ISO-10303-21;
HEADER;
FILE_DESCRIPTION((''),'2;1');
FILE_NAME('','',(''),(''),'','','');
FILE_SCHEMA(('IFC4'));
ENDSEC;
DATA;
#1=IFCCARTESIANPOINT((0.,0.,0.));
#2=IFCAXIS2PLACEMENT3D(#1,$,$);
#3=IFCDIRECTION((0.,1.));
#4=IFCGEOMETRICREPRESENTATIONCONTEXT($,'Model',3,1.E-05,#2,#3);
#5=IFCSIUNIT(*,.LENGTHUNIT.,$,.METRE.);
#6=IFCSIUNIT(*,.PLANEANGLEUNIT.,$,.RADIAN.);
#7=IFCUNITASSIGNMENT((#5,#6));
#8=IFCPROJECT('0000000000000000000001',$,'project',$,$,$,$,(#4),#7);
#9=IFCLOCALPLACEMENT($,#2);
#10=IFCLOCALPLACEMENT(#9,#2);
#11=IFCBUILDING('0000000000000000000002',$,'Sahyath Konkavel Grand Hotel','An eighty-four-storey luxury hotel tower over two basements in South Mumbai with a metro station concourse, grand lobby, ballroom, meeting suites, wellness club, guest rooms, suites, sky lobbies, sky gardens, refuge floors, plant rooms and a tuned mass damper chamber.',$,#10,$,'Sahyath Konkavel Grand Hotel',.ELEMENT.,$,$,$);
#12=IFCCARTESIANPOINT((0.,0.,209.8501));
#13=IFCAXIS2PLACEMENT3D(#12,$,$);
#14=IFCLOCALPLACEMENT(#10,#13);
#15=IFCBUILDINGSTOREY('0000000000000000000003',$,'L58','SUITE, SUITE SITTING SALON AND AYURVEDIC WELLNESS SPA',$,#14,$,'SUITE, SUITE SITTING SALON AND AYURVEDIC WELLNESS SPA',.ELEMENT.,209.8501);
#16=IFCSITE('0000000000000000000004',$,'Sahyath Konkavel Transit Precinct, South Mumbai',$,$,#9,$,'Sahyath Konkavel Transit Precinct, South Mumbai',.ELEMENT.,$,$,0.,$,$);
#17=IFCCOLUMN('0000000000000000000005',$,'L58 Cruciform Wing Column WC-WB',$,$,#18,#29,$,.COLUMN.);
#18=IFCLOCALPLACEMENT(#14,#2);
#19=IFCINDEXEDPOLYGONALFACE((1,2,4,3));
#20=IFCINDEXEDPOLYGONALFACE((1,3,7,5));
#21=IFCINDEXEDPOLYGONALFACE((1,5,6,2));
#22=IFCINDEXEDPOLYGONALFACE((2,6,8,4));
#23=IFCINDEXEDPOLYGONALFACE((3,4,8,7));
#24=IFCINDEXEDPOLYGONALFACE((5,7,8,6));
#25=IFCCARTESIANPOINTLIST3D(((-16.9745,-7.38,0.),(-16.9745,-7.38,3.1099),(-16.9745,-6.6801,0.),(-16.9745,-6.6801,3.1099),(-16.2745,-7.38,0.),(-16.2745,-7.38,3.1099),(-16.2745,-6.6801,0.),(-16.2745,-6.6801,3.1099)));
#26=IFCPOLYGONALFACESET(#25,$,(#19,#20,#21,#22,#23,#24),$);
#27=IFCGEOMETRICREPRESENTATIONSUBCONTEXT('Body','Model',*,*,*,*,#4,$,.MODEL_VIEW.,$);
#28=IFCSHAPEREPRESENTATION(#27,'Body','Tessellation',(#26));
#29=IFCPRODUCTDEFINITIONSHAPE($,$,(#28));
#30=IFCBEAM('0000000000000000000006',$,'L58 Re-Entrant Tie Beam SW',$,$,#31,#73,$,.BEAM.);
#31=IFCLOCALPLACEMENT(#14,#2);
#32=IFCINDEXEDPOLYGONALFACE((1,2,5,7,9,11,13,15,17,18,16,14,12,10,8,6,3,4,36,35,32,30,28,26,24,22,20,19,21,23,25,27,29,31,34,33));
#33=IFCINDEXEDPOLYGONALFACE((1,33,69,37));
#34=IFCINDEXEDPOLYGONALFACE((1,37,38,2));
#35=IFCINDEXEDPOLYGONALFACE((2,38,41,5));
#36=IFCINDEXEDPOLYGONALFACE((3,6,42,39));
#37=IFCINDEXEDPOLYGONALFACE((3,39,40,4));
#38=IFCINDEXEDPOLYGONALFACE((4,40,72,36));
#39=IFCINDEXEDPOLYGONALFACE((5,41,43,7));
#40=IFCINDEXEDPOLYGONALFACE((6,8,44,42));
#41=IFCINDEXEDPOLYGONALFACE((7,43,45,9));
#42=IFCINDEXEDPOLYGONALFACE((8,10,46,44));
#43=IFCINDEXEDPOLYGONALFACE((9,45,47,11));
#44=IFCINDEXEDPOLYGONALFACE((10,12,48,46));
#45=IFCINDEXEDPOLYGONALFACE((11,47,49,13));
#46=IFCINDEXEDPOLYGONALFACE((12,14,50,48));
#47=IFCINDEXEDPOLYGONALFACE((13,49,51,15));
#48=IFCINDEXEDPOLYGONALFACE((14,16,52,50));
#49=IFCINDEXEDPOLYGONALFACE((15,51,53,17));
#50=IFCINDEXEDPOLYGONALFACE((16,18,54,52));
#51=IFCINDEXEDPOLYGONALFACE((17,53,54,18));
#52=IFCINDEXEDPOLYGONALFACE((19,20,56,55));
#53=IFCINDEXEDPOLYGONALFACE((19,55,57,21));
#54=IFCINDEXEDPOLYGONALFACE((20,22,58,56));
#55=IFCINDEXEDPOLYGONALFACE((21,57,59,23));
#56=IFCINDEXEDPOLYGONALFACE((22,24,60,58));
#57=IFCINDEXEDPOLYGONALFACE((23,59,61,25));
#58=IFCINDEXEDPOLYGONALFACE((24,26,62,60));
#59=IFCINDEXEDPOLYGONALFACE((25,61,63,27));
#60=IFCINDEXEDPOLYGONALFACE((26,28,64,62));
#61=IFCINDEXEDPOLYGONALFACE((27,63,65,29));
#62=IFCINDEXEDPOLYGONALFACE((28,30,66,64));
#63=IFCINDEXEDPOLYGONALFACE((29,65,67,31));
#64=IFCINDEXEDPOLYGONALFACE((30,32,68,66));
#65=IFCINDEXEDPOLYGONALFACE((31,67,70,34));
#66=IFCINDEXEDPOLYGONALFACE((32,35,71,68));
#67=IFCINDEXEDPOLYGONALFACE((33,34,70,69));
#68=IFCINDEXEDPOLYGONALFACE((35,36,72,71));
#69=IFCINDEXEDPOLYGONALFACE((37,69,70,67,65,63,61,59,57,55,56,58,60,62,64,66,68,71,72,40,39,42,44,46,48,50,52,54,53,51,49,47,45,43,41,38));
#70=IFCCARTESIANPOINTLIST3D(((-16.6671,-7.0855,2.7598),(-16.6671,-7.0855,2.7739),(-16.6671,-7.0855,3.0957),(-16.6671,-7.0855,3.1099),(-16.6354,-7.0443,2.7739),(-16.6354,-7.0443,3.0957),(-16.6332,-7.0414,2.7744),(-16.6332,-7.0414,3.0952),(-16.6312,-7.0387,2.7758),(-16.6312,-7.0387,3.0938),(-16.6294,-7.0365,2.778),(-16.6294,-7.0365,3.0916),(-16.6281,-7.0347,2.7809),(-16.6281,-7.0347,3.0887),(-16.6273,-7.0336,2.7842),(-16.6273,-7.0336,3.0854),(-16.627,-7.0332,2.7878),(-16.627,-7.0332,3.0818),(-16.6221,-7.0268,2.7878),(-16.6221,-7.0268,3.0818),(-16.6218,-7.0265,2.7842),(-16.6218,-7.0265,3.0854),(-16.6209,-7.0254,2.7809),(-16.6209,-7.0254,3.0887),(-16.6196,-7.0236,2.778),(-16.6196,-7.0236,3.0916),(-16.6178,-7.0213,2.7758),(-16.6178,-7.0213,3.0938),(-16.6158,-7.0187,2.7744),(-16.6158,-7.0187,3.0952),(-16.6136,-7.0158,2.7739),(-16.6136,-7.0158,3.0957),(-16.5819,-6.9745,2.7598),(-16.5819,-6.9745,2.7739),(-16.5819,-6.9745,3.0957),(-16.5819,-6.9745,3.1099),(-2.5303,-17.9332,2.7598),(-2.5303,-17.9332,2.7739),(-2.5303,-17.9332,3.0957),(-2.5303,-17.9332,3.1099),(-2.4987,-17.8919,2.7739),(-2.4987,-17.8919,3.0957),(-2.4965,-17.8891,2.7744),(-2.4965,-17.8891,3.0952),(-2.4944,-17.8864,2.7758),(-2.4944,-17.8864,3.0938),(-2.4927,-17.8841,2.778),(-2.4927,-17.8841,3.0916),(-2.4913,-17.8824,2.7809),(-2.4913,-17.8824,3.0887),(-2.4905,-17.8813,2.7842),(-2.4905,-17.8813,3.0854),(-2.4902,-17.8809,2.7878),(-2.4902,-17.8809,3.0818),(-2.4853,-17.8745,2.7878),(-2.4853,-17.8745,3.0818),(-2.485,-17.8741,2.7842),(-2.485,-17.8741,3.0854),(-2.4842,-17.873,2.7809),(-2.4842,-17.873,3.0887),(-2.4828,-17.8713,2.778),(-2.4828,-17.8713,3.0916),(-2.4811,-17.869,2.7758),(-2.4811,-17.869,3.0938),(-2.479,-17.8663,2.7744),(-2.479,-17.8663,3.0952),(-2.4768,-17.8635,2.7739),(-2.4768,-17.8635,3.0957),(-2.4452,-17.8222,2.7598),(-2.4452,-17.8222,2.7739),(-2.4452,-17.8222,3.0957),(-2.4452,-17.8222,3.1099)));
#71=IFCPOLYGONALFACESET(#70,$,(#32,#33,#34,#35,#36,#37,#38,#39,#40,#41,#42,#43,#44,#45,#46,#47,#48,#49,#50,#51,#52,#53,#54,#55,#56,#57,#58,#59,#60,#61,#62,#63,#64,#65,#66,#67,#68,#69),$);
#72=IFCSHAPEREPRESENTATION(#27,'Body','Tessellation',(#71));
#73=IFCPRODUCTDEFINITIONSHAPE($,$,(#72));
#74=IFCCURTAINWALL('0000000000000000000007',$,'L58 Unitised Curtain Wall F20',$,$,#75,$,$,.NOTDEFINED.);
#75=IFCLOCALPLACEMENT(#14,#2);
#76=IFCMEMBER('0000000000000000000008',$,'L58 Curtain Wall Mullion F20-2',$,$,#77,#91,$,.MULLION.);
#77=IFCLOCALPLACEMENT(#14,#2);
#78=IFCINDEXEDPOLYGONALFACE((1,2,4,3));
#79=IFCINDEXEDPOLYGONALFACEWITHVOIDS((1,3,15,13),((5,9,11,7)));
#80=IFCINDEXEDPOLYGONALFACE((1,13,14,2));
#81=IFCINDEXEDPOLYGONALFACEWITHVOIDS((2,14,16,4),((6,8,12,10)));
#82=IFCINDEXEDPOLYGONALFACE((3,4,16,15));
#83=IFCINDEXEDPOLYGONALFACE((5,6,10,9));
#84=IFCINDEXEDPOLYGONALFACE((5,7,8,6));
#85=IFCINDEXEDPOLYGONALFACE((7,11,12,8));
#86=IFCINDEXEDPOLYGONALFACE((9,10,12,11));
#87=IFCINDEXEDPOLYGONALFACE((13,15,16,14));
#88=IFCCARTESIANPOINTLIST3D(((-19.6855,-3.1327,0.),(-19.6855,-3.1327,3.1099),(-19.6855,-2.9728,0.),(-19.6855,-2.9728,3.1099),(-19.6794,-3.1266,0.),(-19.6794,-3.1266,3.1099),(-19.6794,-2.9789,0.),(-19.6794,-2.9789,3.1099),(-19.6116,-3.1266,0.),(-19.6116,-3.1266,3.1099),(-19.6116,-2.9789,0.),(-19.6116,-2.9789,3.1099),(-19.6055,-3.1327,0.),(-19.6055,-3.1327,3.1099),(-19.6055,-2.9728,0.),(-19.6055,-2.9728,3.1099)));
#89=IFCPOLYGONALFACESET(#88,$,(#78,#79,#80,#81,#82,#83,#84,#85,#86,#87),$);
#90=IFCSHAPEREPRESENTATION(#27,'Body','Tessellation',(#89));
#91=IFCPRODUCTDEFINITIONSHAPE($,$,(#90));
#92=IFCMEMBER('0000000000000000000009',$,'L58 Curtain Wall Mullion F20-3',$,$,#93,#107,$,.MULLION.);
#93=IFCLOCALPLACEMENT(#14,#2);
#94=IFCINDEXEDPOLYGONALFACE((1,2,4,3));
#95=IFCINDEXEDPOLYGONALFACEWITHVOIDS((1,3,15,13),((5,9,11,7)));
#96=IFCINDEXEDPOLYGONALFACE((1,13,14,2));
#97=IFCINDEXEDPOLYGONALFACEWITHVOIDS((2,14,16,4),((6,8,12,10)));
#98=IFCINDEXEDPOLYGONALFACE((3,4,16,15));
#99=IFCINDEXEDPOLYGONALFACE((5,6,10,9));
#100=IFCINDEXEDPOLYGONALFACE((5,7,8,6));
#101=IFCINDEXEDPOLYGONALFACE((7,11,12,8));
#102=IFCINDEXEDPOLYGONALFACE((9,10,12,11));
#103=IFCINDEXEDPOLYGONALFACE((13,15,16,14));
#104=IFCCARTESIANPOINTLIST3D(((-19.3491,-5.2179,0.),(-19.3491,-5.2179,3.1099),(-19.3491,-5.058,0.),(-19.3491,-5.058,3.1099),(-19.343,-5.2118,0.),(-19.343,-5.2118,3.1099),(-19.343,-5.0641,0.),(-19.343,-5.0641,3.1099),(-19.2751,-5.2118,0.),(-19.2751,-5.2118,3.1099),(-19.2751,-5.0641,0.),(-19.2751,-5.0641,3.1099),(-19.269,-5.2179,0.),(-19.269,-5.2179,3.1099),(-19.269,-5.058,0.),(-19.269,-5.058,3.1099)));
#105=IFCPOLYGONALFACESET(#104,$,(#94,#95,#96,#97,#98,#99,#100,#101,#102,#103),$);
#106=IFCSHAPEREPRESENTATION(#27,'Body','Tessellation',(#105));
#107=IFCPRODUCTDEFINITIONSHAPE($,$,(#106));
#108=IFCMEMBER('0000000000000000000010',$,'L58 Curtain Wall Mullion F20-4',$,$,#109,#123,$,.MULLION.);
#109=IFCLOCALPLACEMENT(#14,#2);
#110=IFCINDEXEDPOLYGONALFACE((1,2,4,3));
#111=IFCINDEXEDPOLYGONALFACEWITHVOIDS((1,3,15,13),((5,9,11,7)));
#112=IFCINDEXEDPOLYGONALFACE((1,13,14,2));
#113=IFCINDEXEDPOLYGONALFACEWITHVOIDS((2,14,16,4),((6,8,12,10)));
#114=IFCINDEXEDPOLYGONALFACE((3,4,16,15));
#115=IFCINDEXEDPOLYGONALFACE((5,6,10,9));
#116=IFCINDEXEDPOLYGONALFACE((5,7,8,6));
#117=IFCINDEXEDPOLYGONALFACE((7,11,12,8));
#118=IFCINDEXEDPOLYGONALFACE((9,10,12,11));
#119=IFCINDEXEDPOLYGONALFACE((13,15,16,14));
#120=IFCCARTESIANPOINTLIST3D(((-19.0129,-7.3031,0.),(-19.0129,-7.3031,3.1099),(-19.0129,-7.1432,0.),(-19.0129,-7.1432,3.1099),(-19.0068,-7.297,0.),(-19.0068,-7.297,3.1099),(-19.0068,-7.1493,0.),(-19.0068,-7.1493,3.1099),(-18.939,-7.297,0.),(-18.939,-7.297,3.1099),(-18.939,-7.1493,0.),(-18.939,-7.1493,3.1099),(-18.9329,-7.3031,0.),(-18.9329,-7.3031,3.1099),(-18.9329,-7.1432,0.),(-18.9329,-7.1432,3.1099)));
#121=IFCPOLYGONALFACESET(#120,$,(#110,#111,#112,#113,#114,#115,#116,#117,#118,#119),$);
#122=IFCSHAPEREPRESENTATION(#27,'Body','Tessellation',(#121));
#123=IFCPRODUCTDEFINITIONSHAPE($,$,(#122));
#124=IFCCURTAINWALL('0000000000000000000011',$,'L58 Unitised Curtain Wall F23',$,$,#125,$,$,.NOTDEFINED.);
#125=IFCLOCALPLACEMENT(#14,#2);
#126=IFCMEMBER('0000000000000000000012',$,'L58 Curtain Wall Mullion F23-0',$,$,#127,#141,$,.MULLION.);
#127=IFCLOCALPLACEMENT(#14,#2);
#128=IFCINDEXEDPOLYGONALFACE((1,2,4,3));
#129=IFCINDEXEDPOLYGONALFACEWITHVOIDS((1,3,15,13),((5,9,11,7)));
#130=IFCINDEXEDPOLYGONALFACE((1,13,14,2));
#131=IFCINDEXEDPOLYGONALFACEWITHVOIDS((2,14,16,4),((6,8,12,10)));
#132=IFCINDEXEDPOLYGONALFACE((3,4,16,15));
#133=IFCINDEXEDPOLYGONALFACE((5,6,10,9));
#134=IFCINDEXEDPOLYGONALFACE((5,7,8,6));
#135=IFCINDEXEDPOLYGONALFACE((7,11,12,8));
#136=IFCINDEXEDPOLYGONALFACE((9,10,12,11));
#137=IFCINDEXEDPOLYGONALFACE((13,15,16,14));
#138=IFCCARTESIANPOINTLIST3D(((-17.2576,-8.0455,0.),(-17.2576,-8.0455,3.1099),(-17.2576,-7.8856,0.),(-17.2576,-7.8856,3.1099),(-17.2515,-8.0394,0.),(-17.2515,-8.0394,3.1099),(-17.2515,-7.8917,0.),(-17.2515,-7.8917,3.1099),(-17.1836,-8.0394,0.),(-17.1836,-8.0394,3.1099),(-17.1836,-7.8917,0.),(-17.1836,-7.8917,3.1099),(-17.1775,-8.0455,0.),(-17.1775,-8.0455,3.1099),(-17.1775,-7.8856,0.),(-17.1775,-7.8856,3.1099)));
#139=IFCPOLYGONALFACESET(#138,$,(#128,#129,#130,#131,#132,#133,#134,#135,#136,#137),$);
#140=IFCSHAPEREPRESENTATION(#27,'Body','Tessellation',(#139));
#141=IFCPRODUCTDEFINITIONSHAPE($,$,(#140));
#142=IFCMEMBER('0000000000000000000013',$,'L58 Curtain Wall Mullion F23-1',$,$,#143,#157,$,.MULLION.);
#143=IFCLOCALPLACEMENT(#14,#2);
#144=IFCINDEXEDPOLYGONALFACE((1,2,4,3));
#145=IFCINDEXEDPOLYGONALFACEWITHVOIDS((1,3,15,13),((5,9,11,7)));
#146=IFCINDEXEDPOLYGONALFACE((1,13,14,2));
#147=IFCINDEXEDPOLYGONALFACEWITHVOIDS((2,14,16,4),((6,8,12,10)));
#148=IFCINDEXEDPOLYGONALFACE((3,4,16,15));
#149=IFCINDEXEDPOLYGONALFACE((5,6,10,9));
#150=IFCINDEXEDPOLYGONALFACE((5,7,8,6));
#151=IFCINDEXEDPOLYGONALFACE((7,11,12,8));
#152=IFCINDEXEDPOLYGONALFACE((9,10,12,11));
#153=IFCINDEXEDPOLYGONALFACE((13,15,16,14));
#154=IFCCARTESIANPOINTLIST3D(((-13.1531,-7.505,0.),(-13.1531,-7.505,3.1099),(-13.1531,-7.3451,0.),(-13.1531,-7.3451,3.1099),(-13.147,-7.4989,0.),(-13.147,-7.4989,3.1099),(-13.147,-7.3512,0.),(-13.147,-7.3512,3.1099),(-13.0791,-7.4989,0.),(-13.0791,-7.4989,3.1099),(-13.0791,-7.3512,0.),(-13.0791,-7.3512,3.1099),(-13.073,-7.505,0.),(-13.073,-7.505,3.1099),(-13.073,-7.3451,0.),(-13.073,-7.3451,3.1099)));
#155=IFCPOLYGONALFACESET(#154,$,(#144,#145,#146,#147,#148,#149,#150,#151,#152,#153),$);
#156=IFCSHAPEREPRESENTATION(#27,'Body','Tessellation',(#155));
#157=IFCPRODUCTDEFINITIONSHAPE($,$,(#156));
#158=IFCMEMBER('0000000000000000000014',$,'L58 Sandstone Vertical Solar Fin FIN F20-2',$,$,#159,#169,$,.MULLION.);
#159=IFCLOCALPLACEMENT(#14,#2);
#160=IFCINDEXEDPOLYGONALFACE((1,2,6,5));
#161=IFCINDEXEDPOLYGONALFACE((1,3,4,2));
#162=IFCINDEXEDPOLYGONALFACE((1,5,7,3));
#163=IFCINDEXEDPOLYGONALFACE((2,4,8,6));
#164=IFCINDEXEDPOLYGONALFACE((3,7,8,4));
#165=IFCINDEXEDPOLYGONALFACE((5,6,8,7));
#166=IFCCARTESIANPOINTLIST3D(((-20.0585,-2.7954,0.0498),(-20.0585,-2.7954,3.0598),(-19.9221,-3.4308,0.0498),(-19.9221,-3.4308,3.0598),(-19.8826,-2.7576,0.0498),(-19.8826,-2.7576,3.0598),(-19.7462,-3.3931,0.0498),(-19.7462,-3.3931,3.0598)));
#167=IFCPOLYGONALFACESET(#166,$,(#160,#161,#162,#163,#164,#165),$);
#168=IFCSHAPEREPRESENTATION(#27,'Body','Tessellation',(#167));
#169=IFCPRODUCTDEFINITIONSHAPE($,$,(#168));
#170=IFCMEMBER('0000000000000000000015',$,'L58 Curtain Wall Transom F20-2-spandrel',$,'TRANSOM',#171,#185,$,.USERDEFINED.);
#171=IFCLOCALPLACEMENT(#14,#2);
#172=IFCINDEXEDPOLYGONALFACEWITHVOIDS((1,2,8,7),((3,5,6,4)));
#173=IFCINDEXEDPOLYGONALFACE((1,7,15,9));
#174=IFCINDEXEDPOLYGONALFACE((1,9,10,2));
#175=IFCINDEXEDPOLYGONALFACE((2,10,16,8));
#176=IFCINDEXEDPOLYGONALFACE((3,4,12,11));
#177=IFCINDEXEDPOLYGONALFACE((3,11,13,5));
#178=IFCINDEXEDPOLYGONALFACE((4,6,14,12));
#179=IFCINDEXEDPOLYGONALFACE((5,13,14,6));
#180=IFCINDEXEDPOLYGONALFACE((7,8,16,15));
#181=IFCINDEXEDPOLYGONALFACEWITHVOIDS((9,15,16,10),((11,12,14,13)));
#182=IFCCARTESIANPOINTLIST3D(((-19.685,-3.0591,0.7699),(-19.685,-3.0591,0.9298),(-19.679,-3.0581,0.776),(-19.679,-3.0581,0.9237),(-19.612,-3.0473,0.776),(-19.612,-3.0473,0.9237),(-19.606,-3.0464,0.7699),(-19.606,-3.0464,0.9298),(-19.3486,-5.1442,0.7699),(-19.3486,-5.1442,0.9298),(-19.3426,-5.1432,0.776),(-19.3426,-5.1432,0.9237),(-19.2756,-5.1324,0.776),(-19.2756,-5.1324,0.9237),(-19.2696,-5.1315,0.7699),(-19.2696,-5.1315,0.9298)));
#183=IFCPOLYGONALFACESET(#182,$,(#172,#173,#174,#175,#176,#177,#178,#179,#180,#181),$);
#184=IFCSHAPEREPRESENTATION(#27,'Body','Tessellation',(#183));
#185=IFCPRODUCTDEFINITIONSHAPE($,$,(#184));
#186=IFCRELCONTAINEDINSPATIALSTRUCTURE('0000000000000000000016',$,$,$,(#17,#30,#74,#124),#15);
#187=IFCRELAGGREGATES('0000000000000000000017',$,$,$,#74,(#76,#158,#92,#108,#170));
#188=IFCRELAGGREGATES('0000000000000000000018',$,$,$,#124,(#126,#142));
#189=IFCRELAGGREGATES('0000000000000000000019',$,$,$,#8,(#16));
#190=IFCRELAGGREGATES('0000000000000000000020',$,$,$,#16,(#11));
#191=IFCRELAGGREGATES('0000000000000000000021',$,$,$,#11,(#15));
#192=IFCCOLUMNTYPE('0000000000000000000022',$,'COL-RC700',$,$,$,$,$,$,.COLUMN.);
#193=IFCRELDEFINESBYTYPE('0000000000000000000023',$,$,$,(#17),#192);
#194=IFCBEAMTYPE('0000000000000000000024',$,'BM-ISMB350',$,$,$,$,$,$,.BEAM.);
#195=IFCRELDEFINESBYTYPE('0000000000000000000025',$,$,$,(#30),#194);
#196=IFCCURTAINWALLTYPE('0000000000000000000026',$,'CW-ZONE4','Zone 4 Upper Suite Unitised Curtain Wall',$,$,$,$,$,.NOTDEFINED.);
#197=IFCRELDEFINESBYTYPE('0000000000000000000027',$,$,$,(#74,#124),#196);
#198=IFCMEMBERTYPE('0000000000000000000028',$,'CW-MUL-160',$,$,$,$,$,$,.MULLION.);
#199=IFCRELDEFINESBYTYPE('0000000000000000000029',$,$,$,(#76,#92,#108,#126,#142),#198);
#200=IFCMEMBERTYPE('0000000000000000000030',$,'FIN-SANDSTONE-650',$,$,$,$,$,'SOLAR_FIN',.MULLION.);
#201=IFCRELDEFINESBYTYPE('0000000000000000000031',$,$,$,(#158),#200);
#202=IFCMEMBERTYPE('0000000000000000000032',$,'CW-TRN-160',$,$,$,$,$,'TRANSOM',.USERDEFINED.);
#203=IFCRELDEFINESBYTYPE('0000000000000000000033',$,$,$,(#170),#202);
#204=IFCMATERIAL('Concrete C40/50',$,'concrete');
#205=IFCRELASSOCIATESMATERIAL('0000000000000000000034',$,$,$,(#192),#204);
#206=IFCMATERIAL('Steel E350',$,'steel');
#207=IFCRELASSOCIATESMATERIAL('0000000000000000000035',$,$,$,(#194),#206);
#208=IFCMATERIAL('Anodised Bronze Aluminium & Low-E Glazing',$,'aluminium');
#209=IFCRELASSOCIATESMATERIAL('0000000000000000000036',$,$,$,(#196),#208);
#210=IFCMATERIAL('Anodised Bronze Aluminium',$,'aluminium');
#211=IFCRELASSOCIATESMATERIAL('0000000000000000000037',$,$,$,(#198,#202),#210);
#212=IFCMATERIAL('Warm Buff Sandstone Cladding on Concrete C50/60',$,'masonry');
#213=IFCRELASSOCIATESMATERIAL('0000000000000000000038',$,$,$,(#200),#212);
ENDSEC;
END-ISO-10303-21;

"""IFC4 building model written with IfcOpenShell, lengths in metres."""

from ifc_helpers import new_model, si_unit, direction, frame, origin, origin_2d, place, context, subcontext, project, spatial, rectangle, hollow_rectangle, i_section, extrude, source, transform, mapped, material, material_profile, profile_set, type_object, element, aggregate, save


model = new_model("IFC4")

# Units and contexts
model_context = context("Model", 3, precision=1e-05, world=origin(), true_north=direction((0.0, 1.0)))
body_context = subcontext(model_context, "Body", "Model", "MODEL_VIEW")
ifc_project = project(units=[si_unit("LENGTHUNIT", "METRE"), si_unit("PLANEANGLEUNIT", "RADIAN")], contexts=[model_context])

# Site, building, storey
site_placement = place(None, origin())
site = spatial("IfcSite", under=ifc_project, at=site_placement, Name="Sahyath Konkavel Transit Precinct, South Mumbai", LongName="Sahyath Konkavel Transit Precinct, South Mumbai", CompositionType="ELEMENT", RefElevation=0.0)
building_placement = place(site_placement, origin())
building = spatial("IfcBuilding", under=site, at=building_placement, Name="Sahyath Konkavel Grand Hotel", Description="An eighty-four-storey luxury hotel tower over two basements in South Mumbai with a metro station concourse, grand lobby, ballroom, meeting suites, wellness club, guest rooms, suites, sky lobbies, sky gardens, refuge floors, plant rooms and a tuned mass damper chamber.", LongName="Sahyath Konkavel Grand Hotel", CompositionType="ELEMENT")
storey_placement = place(building_placement, frame((0.0, 0.0, 209.8501)))
storey = spatial("IfcBuildingStorey", under=building, at=storey_placement, Name="L58", Description="SUITE, SUITE SITTING SALON AND AYURVEDIC WELLNESS SPA", LongName="SUITE, SUITE SITTING SALON AND AYURVEDIC WELLNESS SPA", CompositionType="ELEMENT", Elevation=209.8501)

# Column
ifc_material_1 = material(Name="Concrete C40/50", Category="concrete")
ifc_material_profile_1 = material_profile(ifc_material_1, rectangle(XDim=0.7, YDim=0.7, at=origin_2d()), Name="RC 700x700")
ifc_profile_set_1 = profile_set([ifc_material_profile_1], Name="Concrete C40/50")
column_type = type_object("IfcColumnType", Name="COL-RC700", PredefinedType="COLUMN", material=ifc_profile_set_1)
shared_shape_1 = source(origin(), body_context, "Body", "SweptSolid", [
    extrude(rectangle(XDim=0.7, YDim=0.7, at=origin_2d()), origin(), (0.0, 0.0, 1.0), 3.1099),
])
column_placement = place(storey_placement, frame((-16.6245, -7.03, 0.0), z_axis=(0.0, 0.0, 1.0), x_axis=(1.0, 0.0, 0.0)))
element("IfcColumn", 1, at=column_placement, inside=storey, type_object=column_type, Name="L58 Cruciform Wing Column WC-WB", PredefinedType="COLUMN", context=body_context, shape_type="MappedRepresentation", body=[
    mapped(shared_shape_1, transform((0.0, 0.0, 0.0), scale=1.0)),
])

# Beam
ifc_material_2 = material(Name="Steel E350", Category="steel")
ifc_material_profile_2 = material_profile(ifc_material_2, i_section(OverallWidth=0.1399, OverallDepth=0.3501, WebThickness=0.0081, FlangeThickness=0.0142, FilletRadius=0.0139, at=origin_2d()), Name="ISMB 350")
ifc_profile_set_2 = profile_set([ifc_material_profile_2], Name="Steel E350")
beam_type = type_object("IfcBeamType", Name="BM-ISMB350", PredefinedType="BEAM", material=ifc_profile_set_2)
shared_shape_2 = source(origin(), body_context, "Body", "SweptSolid", [
    extrude(i_section(OverallWidth=0.1399, OverallDepth=0.3501, WebThickness=0.0081, FlangeThickness=0.0142, FilletRadius=0.0139, at=origin_2d()), origin(), (0.0, 0.0, 1.0), 17.8191),
])
beam_placement = place(storey_placement, frame((-16.6245, -7.03, 2.9348), z_axis=(0.793349, -0.608767, 0.0), x_axis=(0.608767, 0.793349, 0.0)))
element("IfcBeam", 2, at=beam_placement, inside=storey, type_object=beam_type, Name="L58 Re-Entrant Tie Beam SW", PredefinedType="BEAM", context=body_context, shape_type="MappedRepresentation", body=[
    mapped(shared_shape_2, transform((0.0, 0.0, 0.0), scale=1.0)),
])

# Curtain walls, members
ifc_material_3 = material(Name="Anodised Bronze Aluminium & Low-E Glazing", Category="aluminium")
curtain_wall_type = type_object("IfcCurtainWallType", Name="CW-ZONE4", Description="Zone 4 Upper Suite Unitised Curtain Wall", PredefinedType="NOTDEFINED", material=ifc_material_3)
curtain_wall_1_placement = place(storey_placement, origin())
curtain_wall_1 = element("IfcCurtainWall", 3, at=curtain_wall_1_placement, inside=storey, type_object=curtain_wall_type, Name="L58 Unitised Curtain Wall F20", PredefinedType="NOTDEFINED")
ifc_material_4 = material(Name="Anodised Bronze Aluminium", Category="aluminium")
ifc_material_profile_3 = material_profile(ifc_material_4, hollow_rectangle(XDim=0.0801, YDim=0.1599, WallThickness=0.0061, at=origin_2d()), Name="RHS 160x80x6")
ifc_profile_set_3 = profile_set([ifc_material_profile_3], Name="Anodised Bronze Aluminium")
member_type_1 = type_object("IfcMemberType", Name="CW-MUL-160", PredefinedType="MULLION", material=ifc_profile_set_3)
shared_shape_3 = source(origin(), body_context, "Body", "SweptSolid", [
    extrude(hollow_rectangle(XDim=0.0801, YDim=0.1599, WallThickness=0.0061, at=origin_2d()), origin(), (0.0, 0.0, 1.0), 3.1099),
])
member_1_placement = place(storey_placement, frame((-19.6455, -3.0527, 0.0), z_axis=(0.0, 0.0, 1.0), x_axis=(1.0, 0.0, 0.0)))
member_1 = element("IfcMember", 4, at=member_1_placement, type_object=member_type_1, Name="L58 Curtain Wall Mullion F20-2", PredefinedType="MULLION", context=body_context, shape_type="MappedRepresentation", body=[
    mapped(shared_shape_3, transform((0.0, 0.0, 0.0), scale=1.0)),
])
member_2_placement = place(storey_placement, frame((-19.3091, -5.1379, 0.0), z_axis=(0.0, 0.0, 1.0), x_axis=(1.0, 0.0, 0.0)))
member_2 = element("IfcMember", 5, at=member_2_placement, type_object=member_type_1, Name="L58 Curtain Wall Mullion F20-3", PredefinedType="MULLION", context=body_context, shape_type="MappedRepresentation", body=[
    mapped(shared_shape_3, transform((0.0, 0.0, 0.0), scale=1.0)),
])
member_3_placement = place(storey_placement, frame((-18.9729, -7.2231, 0.0), z_axis=(0.0, 0.0, 1.0), x_axis=(1.0, 0.0, 0.0)))
member_3 = element("IfcMember", 6, at=member_3_placement, type_object=member_type_1, Name="L58 Curtain Wall Mullion F20-4", PredefinedType="MULLION", context=body_context, shape_type="MappedRepresentation", body=[
    mapped(shared_shape_3, transform((0.0, 0.0, 0.0), scale=1.0)),
])
curtain_wall_2_placement = place(storey_placement, origin())
curtain_wall_2 = element("IfcCurtainWall", 7, at=curtain_wall_2_placement, inside=storey, type_object=curtain_wall_type, Name="L58 Unitised Curtain Wall F23", PredefinedType="NOTDEFINED")
member_4_placement = place(storey_placement, frame((-17.2175, -7.9656, 0.0), z_axis=(0.0, 0.0, 1.0), x_axis=(1.0, 0.0, 0.0)))
member_4 = element("IfcMember", 8, at=member_4_placement, type_object=member_type_1, Name="L58 Curtain Wall Mullion F23-0", PredefinedType="MULLION", context=body_context, shape_type="MappedRepresentation", body=[
    mapped(shared_shape_3, transform((0.0, 0.0, 0.0), scale=1.0)),
])
member_5_placement = place(storey_placement, frame((-13.113, -7.425, 0.0), z_axis=(0.0, 0.0, 1.0), x_axis=(1.0, 0.0, 0.0)))
member_5 = element("IfcMember", 9, at=member_5_placement, type_object=member_type_1, Name="L58 Curtain Wall Mullion F23-1", PredefinedType="MULLION", context=body_context, shape_type="MappedRepresentation", body=[
    mapped(shared_shape_3, transform((0.0, 0.0, 0.0), scale=1.0)),
])

# Members
ifc_material_5 = material(Name="Warm Buff Sandstone Cladding on Concrete C50/60", Category="masonry")
ifc_material_profile_4 = material_profile(ifc_material_5, rectangle(XDim=0.1799, YDim=0.6499, at=origin_2d()), Name="FIN 180x650")
ifc_profile_set_4 = profile_set([ifc_material_profile_4], Name="Warm Buff Sandstone Cladding on Concrete C50/60")
member_type_2 = type_object("IfcMemberType", Name="FIN-SANDSTONE-650", ElementType="SOLAR_FIN", PredefinedType="MULLION", material=ifc_profile_set_4)
shared_shape_4 = source(origin(), body_context, "Body", "SweptSolid", [
    extrude(rectangle(XDim=0.1799, YDim=0.6499, at=origin_2d()), origin(), (0.0, 0.0, 1.0), 3.01),
])
member_6_placement = place(storey_placement, frame((-19.9023, -3.0942, 0.0498), z_axis=(0.0, 0.0, 1.0), x_axis=(0.977747, 0.209789, 0.0)))
member_6 = element("IfcMember", 10, at=member_6_placement, type_object=member_type_2, Name="L58 Sandstone Vertical Solar Fin FIN F20-2", PredefinedType="MULLION", context=body_context, shape_type="MappedRepresentation", body=[
    mapped(shared_shape_4, transform((0.0, 0.0, 0.0), scale=1.0)),
])
ifc_material_profile_5 = material_profile(ifc_material_4, hollow_rectangle(XDim=0.0801, YDim=0.1599, WallThickness=0.0061, at=origin_2d()), Name="RHS 160x80x6")
ifc_profile_set_5 = profile_set([ifc_material_profile_5], Name="Anodised Bronze Aluminium")
member_type_3 = type_object("IfcMemberType", Name="CW-TRN-160", ElementType="TRANSOM", PredefinedType="USERDEFINED", material=ifc_profile_set_5)
shared_shape_5 = source(origin(), body_context, "Body", "SweptSolid", [
    extrude(hollow_rectangle(XDim=0.0801, YDim=0.1599, WallThickness=0.0061, at=origin_2d()), origin(), (0.0, 0.0, 1.0), 2.1121),
])
member_7_placement = place(storey_placement, frame((-19.6455, -3.0527, 0.8499), z_axis=(0.15928, -0.987233, 0.0), x_axis=(0.987233, 0.15928, 0.0)))
member_7 = element("IfcMember", 11, at=member_7_placement, type_object=member_type_3, Name="L58 Curtain Wall Transom F20-2-spandrel", ObjectType="TRANSOM", PredefinedType="USERDEFINED", context=body_context, shape_type="MappedRepresentation", body=[
    mapped(shared_shape_5, transform((0.0, 0.0, 0.0), scale=1.0)),
])

aggregate(curtain_wall_1, [member_1, member_6, member_2, member_3, member_7])
aggregate(curtain_wall_2, [member_4, member_5])

save(model, "model.ifc")
